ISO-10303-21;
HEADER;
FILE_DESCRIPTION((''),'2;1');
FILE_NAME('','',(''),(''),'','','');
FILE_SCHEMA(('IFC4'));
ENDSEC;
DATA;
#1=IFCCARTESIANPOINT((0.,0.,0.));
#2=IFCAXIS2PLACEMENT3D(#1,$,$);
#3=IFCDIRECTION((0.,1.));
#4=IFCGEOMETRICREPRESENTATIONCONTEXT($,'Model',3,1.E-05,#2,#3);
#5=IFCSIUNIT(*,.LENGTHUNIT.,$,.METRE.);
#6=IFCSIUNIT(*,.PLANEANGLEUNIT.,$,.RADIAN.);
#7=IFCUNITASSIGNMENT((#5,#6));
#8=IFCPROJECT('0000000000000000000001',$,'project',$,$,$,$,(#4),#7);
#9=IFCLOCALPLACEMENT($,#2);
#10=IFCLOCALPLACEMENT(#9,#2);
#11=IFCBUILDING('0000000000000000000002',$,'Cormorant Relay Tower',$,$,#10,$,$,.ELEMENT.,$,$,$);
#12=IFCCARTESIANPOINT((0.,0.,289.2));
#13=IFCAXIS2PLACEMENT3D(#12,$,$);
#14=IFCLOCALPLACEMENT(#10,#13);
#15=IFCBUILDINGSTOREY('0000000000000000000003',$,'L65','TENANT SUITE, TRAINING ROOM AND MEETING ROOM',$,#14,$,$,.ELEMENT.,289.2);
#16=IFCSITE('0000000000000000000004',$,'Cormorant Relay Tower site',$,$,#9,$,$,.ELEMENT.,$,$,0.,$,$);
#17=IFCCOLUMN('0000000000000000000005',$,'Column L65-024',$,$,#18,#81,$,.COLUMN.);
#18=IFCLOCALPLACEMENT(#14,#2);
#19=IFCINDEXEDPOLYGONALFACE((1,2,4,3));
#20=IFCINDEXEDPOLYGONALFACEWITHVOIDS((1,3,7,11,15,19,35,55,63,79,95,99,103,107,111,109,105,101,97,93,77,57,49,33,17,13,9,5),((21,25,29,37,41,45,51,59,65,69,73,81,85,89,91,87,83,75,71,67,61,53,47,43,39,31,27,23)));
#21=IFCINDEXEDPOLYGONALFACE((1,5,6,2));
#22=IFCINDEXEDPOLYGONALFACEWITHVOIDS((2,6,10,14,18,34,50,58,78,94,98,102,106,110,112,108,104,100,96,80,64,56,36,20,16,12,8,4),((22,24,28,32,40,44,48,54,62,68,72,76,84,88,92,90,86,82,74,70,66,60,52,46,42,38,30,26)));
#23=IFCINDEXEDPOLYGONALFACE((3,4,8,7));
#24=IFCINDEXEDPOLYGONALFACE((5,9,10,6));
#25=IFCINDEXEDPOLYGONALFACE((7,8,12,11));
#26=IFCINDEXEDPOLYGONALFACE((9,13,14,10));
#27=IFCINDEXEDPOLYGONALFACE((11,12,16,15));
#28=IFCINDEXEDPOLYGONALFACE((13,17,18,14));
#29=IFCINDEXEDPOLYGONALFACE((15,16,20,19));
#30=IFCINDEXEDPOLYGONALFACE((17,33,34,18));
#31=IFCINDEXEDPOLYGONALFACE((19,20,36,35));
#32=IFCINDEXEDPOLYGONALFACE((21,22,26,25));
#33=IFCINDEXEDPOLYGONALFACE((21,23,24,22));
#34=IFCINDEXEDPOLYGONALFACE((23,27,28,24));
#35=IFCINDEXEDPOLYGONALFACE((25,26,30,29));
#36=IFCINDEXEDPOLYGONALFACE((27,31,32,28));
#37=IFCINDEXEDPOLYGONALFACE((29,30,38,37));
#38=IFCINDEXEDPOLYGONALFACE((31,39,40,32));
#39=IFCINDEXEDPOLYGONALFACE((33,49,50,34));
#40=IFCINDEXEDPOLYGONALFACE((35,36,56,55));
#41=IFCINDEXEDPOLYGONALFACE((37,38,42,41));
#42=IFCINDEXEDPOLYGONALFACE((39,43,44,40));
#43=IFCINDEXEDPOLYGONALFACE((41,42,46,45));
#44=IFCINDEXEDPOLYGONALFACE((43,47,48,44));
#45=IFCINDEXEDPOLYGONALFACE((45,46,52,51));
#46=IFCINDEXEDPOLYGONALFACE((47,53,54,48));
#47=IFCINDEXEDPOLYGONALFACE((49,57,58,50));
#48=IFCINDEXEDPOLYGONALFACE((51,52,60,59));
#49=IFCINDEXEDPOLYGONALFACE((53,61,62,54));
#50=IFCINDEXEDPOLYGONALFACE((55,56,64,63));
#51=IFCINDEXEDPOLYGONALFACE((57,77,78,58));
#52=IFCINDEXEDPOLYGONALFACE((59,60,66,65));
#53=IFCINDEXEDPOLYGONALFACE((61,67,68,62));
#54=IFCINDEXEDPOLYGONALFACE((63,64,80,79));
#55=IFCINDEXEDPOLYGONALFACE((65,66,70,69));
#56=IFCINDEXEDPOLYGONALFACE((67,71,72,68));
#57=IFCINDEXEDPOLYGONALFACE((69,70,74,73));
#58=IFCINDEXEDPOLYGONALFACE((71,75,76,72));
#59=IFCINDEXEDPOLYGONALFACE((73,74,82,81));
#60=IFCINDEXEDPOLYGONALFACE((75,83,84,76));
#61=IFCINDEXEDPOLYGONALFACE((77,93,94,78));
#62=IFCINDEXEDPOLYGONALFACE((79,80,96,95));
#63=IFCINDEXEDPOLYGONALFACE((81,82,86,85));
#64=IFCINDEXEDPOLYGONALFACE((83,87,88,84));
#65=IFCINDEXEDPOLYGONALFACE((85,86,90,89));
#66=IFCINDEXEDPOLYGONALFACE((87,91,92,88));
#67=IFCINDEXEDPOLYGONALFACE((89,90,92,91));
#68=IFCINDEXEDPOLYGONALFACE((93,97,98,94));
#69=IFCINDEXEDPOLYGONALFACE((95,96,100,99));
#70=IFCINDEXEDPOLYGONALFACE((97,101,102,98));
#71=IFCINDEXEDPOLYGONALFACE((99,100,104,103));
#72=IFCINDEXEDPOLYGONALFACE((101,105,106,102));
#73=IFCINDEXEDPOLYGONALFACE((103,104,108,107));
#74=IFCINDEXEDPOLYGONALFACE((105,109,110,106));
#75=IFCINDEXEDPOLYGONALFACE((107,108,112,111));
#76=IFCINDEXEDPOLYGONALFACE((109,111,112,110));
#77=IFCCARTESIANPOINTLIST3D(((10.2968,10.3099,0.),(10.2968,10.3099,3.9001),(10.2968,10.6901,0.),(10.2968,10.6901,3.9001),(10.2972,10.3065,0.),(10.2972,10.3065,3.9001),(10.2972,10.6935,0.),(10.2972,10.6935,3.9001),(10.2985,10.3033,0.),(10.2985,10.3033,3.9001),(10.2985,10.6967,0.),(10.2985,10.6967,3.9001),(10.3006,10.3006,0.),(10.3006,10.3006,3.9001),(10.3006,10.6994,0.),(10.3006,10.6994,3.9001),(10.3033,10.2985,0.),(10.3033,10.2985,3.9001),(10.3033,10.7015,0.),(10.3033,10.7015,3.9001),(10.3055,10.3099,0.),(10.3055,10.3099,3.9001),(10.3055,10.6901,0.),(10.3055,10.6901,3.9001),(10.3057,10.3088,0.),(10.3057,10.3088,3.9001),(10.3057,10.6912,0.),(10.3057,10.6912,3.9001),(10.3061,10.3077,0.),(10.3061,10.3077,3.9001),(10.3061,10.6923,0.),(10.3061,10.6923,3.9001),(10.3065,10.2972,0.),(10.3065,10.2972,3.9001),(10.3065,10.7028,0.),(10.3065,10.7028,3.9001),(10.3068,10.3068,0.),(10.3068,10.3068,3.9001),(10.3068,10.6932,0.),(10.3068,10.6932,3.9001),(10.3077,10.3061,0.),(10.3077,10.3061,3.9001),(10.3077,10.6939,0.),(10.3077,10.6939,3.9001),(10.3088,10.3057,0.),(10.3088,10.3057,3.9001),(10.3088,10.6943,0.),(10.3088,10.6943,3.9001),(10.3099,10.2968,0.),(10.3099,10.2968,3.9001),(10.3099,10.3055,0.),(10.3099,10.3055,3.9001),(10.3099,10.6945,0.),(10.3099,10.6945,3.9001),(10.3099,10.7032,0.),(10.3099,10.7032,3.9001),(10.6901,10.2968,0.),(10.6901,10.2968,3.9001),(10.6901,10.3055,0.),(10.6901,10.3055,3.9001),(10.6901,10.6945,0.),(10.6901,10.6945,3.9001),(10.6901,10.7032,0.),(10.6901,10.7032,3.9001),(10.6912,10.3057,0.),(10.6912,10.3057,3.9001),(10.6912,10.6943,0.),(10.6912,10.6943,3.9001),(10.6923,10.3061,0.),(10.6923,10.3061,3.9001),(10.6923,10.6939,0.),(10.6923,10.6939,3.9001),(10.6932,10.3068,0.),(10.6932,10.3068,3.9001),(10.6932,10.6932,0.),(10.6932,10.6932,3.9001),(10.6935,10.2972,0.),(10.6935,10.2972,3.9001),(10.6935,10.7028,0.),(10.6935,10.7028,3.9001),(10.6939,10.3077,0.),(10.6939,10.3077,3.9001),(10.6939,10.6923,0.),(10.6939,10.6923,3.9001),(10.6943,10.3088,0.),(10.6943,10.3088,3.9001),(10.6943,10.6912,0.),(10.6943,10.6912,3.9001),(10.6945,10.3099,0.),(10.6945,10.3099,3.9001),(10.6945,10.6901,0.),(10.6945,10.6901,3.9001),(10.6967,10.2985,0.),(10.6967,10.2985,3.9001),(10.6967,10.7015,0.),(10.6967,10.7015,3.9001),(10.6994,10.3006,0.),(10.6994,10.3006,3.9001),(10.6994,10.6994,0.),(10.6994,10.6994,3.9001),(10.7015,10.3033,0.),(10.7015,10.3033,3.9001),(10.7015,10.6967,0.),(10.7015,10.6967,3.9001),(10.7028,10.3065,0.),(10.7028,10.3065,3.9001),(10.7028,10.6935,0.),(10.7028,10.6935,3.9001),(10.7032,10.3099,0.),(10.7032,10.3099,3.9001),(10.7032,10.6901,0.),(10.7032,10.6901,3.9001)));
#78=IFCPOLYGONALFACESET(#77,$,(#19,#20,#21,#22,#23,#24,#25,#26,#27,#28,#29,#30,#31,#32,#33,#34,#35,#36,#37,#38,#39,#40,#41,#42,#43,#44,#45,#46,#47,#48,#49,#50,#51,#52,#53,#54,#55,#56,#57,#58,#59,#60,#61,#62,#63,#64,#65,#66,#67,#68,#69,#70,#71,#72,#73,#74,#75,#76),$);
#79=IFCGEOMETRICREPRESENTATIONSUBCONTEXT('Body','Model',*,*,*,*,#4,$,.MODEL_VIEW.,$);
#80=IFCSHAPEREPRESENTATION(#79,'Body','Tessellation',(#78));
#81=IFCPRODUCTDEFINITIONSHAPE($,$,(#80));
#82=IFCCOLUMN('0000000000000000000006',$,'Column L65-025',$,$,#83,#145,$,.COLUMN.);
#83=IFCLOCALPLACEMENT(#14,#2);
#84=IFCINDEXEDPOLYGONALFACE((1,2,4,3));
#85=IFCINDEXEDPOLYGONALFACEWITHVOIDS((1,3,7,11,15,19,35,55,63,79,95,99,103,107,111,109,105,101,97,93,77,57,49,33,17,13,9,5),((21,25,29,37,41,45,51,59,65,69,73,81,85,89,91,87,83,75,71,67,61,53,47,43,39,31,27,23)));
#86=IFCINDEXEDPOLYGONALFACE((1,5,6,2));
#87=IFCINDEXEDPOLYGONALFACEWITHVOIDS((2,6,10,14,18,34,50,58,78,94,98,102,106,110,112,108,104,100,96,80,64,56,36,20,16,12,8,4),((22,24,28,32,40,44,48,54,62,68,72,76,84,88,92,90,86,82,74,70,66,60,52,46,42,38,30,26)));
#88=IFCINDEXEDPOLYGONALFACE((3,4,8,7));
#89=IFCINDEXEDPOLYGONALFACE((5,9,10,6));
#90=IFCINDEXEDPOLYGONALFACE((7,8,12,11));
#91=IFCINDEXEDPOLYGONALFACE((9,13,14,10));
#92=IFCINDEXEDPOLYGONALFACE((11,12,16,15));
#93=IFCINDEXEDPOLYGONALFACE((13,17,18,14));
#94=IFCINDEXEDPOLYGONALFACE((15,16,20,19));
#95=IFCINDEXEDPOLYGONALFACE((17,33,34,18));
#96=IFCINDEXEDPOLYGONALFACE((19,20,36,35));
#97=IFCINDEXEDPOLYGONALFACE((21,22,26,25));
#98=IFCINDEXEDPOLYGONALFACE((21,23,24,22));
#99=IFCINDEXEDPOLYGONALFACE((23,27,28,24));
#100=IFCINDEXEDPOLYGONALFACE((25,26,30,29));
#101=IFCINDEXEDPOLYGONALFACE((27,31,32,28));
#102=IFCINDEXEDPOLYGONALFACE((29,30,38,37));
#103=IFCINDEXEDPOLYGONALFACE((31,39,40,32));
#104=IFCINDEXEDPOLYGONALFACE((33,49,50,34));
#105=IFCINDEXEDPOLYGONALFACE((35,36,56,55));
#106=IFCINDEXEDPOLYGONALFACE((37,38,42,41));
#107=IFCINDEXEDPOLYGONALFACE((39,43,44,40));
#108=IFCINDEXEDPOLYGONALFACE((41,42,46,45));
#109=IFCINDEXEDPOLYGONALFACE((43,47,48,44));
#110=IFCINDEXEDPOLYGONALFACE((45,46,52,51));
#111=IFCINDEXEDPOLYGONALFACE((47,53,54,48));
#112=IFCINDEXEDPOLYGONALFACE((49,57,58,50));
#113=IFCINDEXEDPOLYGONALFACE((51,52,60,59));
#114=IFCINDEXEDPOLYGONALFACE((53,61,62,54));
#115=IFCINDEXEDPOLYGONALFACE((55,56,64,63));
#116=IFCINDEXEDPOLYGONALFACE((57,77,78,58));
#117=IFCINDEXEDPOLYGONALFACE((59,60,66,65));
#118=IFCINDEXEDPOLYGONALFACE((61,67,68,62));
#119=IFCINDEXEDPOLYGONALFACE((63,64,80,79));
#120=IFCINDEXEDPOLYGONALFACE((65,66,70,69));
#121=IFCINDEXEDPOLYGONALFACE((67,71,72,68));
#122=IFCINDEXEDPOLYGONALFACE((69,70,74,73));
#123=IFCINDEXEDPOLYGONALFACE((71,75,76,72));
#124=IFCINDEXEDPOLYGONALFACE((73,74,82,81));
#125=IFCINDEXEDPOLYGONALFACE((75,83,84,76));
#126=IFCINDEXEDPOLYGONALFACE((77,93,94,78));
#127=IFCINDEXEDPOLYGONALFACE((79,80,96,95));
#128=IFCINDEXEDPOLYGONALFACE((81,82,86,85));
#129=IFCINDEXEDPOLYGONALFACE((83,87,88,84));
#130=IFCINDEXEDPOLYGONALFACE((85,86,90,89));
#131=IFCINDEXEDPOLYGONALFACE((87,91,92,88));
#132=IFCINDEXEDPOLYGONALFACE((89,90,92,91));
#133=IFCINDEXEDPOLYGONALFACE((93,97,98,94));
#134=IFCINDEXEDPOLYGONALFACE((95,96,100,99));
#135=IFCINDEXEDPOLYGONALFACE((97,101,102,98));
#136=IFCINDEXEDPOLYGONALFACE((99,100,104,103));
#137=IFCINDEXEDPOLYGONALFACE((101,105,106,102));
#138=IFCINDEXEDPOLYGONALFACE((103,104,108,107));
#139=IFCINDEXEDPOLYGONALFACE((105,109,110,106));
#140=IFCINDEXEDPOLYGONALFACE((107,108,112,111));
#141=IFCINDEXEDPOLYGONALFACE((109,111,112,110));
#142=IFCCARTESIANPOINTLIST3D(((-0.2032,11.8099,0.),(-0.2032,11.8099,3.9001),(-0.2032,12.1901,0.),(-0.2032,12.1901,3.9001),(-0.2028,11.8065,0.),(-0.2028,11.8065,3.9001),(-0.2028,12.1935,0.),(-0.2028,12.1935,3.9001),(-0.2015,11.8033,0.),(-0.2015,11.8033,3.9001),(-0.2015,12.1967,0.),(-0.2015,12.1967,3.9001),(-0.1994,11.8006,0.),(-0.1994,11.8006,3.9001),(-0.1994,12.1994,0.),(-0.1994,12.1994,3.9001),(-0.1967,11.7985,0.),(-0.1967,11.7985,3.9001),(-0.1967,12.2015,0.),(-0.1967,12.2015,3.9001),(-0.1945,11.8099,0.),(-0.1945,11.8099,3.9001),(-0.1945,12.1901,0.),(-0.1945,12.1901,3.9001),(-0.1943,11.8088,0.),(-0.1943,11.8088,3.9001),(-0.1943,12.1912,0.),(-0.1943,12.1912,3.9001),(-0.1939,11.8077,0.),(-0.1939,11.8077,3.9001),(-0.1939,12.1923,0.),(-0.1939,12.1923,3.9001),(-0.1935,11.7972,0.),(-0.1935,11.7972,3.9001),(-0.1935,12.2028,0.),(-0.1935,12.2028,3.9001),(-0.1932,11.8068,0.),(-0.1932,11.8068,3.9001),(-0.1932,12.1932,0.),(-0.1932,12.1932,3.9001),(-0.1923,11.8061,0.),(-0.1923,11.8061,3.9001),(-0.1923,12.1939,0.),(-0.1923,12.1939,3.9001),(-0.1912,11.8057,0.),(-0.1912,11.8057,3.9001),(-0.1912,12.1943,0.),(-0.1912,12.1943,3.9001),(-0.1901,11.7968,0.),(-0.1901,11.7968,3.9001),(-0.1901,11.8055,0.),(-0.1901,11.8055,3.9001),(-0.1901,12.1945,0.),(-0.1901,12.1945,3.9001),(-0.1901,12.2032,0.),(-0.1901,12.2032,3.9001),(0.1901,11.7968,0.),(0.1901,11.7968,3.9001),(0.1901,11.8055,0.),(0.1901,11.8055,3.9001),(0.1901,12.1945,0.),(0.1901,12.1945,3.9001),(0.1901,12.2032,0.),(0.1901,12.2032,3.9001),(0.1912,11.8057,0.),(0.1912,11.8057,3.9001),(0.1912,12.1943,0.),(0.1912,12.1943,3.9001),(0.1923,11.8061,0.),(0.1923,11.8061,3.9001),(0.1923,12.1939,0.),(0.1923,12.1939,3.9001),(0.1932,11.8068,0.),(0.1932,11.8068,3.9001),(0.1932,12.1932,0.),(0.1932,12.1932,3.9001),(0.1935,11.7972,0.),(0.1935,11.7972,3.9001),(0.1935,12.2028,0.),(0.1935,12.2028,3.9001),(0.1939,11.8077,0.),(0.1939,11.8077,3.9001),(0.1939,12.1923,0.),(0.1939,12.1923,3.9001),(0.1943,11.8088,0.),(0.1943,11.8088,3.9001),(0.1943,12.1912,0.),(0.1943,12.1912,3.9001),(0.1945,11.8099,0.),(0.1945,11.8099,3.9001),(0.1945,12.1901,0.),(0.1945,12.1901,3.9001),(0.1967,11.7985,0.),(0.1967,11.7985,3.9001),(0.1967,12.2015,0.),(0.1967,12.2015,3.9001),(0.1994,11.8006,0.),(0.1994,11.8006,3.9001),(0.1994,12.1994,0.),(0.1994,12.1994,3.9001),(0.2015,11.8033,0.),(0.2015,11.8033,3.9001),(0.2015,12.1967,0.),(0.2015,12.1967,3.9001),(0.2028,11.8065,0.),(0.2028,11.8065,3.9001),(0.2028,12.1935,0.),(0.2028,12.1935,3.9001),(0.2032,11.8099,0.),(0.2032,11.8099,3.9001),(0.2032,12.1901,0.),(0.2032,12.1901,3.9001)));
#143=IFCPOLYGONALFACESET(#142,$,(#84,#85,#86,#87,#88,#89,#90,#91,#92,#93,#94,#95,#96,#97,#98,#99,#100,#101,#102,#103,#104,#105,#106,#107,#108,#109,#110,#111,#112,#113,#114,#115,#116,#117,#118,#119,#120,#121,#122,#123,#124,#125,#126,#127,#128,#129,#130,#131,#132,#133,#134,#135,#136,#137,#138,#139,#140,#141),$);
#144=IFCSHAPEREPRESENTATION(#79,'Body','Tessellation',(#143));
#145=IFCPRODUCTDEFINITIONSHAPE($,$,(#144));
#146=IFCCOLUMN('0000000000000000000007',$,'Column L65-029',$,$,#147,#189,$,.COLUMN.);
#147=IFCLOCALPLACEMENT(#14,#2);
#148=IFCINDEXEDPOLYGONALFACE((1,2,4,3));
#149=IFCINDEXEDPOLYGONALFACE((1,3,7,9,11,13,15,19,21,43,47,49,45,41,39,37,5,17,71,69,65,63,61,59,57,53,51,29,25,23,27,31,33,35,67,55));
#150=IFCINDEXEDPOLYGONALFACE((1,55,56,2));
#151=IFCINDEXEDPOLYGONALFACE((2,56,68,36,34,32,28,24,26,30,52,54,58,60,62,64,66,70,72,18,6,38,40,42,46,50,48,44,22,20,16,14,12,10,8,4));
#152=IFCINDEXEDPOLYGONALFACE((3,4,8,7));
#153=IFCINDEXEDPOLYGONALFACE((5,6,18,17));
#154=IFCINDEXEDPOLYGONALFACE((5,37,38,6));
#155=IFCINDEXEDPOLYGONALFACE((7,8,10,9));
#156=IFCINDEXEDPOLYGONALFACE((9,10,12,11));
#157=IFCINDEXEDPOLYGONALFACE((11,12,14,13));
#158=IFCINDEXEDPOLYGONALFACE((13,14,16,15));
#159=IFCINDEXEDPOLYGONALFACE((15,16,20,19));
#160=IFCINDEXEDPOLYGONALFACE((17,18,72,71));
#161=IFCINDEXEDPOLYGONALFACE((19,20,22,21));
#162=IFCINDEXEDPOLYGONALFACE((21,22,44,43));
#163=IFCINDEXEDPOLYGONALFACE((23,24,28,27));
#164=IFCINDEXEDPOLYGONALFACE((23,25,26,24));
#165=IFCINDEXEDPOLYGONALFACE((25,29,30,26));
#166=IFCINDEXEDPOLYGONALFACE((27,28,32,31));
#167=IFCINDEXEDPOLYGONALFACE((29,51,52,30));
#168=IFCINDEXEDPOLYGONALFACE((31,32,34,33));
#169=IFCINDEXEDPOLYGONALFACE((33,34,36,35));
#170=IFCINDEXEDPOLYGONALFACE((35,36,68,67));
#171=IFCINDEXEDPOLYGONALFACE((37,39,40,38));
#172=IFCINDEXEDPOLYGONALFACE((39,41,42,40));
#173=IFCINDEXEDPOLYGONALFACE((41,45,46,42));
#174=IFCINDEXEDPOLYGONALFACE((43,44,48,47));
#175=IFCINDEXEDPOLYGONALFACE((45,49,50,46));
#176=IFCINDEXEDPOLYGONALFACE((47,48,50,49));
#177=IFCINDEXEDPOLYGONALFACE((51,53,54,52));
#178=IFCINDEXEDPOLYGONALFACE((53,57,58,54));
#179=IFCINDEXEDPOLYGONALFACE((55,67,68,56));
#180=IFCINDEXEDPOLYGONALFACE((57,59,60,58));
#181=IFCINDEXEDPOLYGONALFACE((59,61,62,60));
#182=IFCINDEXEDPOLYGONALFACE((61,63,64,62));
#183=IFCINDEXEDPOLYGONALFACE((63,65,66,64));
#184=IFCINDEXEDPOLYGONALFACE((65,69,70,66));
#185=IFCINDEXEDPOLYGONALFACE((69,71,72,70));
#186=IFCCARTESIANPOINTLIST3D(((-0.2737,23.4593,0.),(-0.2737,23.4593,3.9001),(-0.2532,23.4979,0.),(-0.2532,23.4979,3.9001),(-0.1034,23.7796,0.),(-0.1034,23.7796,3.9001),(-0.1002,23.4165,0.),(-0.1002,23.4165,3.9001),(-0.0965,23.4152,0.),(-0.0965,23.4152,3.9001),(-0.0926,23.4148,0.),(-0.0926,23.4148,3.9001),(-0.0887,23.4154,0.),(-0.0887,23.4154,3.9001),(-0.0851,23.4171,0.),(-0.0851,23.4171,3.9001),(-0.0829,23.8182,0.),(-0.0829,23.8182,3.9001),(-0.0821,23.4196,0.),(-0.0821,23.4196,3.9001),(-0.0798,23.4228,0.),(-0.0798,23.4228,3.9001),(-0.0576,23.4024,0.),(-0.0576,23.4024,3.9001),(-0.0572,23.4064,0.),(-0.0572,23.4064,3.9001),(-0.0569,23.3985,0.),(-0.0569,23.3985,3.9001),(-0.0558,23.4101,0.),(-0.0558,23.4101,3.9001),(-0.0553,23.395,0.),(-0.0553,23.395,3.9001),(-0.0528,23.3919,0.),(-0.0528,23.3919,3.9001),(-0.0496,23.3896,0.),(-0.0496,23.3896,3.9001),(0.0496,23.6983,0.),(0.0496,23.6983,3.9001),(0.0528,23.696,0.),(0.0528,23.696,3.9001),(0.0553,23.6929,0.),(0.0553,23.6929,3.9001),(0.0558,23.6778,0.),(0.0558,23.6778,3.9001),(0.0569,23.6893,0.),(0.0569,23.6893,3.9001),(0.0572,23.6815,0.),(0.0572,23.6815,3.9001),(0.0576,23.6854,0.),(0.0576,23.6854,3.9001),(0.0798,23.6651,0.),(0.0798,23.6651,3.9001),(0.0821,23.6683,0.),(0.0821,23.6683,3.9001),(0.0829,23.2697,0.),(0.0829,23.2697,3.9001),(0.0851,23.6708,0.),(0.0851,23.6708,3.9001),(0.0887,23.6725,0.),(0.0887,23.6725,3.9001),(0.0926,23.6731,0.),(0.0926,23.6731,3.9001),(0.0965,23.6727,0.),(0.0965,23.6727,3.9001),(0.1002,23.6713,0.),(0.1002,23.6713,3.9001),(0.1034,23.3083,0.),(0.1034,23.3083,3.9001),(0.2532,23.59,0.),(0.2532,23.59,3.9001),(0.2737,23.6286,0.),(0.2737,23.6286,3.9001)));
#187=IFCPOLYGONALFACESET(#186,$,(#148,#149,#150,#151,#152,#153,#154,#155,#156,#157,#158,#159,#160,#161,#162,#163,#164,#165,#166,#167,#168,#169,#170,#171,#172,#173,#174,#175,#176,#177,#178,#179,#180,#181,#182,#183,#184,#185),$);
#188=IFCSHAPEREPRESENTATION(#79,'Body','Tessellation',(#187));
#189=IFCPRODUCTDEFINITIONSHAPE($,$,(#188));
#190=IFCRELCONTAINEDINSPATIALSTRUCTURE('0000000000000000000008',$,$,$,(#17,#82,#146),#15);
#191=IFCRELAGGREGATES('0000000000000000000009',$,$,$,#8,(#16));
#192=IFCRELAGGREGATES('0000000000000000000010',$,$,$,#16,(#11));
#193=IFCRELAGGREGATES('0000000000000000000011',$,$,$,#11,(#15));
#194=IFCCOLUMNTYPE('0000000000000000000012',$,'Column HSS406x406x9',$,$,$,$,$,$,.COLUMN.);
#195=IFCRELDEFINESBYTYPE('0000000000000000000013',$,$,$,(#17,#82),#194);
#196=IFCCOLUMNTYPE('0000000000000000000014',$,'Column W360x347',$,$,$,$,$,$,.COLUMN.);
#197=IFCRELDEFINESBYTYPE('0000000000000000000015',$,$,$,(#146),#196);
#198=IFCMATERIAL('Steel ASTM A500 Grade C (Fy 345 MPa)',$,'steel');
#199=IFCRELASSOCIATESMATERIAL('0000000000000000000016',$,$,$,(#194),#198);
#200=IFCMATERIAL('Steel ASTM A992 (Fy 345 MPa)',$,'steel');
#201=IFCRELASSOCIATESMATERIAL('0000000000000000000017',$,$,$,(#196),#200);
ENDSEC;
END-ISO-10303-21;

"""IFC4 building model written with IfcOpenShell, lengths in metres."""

from ifc_helpers import new_model, si_unit, direction, frame, origin, origin_2d, place, context, subcontext, project, spatial, hollow_rectangle, i_section, extrude, material, material_profile, profile_set, type_object, element, save


model = new_model("IFC4")

# Units and contexts
model_context = context("Model", 3, precision=1e-05, world=origin(), true_north=direction((0.0, 1.0)))
body_context = subcontext(model_context, "Body", "Model", "MODEL_VIEW")
ifc_project = project(units=[si_unit("LENGTHUNIT", "METRE"), si_unit("PLANEANGLEUNIT", "RADIAN")], contexts=[model_context])

# Site, building, storey
site_placement = place(None, origin())
site = spatial("IfcSite", under=ifc_project, at=site_placement, Name="Cormorant Relay Tower site", CompositionType="ELEMENT", RefElevation=0.0)
building_placement = place(site_placement, origin())
building = spatial("IfcBuilding", under=site, at=building_placement, Name="Cormorant Relay Tower", CompositionType="ELEMENT")
storey_placement = place(building_placement, frame((0.0, 0.0, 289.2)))
storey = spatial("IfcBuildingStorey", under=building, at=storey_placement, Name="L65", Description="TENANT SUITE, TRAINING ROOM AND MEETING ROOM", CompositionType="ELEMENT", Elevation=289.2)

# Columns
ifc_material_1 = material(Name="Steel ASTM A500 Grade C (Fy 345 MPa)", Category="steel")
ifc_material_profile_1 = material_profile(ifc_material_1, hollow_rectangle(XDim=0.4065, YDim=0.4065, WallThickness=0.0088, InnerFilletRadius=0.0044, OuterFilletRadius=0.0132, at=origin_2d()), Name="HSS406x406x9")
ifc_profile_set_1 = profile_set([ifc_material_profile_1], Name="Steel ASTM A500 Grade C (Fy 345 MPa)")
column_type_1 = type_object("IfcColumnType", Name="Column HSS406x406x9", PredefinedType="COLUMN", material=ifc_profile_set_1)
for number, where, z_axis, x_axis, name in (
    (1, (10.5, 10.5, 0.0), (0.0, 0.0, 1.0), (1.0, 0.0, 0.0), "Column L65-024"),
    (2, (0.0, 12.0, 0.0), (0.0, 0.0, 1.0), (1.0, 0.0, 0.0), "Column L65-025"),
):
    element("IfcColumn", number, at=place(storey_placement, frame(where, z_axis=z_axis, x_axis=x_axis)), inside=storey, type_object=column_type_1, Name=name, PredefinedType="COLUMN", context=body_context, shape_type="SweptSolid", body=[
        extrude(hollow_rectangle(XDim=0.4065, YDim=0.4065, WallThickness=0.0088, InnerFilletRadius=0.0044, OuterFilletRadius=0.0132, at=origin_2d()), origin(), (0.0, 0.0, 1.0), 3.9001),
    ])
ifc_material_2 = material(Name="Steel ASTM A992 (Fy 345 MPa)", Category="steel")
ifc_material_profile_2 = material_profile(ifc_material_2, i_section(OverallWidth=0.4038, OverallDepth=0.4065, WebThickness=0.0271, FlangeThickness=0.0437, FilletRadius=0.0151, at=origin_2d()), Name="W360x347")
ifc_profile_set_2 = profile_set([ifc_material_profile_2], Name="Steel ASTM A992 (Fy 345 MPa)")
column_type_2 = type_object("IfcColumnType", Name="Column W360x347", PredefinedType="COLUMN", material=ifc_profile_set_2)
column_placement = place(storey_placement, frame((0.0, 23.5439, 0.0), z_axis=(0.0, 0.0, 1.0), x_axis=(-0.882948, 0.469472, 0.0)))
element("IfcColumn", 3, at=column_placement, inside=storey, type_object=column_type_2, Name="Column L65-029", PredefinedType="COLUMN", context=body_context, shape_type="SweptSolid", body=[
    extrude(i_section(OverallWidth=0.4038, OverallDepth=0.4065, WebThickness=0.0271, FlangeThickness=0.0437, FilletRadius=0.0151, at=origin_2d()), origin(), (0.0, 0.0, 1.0), 3.9001),
])

save(model, "model.ifc")
